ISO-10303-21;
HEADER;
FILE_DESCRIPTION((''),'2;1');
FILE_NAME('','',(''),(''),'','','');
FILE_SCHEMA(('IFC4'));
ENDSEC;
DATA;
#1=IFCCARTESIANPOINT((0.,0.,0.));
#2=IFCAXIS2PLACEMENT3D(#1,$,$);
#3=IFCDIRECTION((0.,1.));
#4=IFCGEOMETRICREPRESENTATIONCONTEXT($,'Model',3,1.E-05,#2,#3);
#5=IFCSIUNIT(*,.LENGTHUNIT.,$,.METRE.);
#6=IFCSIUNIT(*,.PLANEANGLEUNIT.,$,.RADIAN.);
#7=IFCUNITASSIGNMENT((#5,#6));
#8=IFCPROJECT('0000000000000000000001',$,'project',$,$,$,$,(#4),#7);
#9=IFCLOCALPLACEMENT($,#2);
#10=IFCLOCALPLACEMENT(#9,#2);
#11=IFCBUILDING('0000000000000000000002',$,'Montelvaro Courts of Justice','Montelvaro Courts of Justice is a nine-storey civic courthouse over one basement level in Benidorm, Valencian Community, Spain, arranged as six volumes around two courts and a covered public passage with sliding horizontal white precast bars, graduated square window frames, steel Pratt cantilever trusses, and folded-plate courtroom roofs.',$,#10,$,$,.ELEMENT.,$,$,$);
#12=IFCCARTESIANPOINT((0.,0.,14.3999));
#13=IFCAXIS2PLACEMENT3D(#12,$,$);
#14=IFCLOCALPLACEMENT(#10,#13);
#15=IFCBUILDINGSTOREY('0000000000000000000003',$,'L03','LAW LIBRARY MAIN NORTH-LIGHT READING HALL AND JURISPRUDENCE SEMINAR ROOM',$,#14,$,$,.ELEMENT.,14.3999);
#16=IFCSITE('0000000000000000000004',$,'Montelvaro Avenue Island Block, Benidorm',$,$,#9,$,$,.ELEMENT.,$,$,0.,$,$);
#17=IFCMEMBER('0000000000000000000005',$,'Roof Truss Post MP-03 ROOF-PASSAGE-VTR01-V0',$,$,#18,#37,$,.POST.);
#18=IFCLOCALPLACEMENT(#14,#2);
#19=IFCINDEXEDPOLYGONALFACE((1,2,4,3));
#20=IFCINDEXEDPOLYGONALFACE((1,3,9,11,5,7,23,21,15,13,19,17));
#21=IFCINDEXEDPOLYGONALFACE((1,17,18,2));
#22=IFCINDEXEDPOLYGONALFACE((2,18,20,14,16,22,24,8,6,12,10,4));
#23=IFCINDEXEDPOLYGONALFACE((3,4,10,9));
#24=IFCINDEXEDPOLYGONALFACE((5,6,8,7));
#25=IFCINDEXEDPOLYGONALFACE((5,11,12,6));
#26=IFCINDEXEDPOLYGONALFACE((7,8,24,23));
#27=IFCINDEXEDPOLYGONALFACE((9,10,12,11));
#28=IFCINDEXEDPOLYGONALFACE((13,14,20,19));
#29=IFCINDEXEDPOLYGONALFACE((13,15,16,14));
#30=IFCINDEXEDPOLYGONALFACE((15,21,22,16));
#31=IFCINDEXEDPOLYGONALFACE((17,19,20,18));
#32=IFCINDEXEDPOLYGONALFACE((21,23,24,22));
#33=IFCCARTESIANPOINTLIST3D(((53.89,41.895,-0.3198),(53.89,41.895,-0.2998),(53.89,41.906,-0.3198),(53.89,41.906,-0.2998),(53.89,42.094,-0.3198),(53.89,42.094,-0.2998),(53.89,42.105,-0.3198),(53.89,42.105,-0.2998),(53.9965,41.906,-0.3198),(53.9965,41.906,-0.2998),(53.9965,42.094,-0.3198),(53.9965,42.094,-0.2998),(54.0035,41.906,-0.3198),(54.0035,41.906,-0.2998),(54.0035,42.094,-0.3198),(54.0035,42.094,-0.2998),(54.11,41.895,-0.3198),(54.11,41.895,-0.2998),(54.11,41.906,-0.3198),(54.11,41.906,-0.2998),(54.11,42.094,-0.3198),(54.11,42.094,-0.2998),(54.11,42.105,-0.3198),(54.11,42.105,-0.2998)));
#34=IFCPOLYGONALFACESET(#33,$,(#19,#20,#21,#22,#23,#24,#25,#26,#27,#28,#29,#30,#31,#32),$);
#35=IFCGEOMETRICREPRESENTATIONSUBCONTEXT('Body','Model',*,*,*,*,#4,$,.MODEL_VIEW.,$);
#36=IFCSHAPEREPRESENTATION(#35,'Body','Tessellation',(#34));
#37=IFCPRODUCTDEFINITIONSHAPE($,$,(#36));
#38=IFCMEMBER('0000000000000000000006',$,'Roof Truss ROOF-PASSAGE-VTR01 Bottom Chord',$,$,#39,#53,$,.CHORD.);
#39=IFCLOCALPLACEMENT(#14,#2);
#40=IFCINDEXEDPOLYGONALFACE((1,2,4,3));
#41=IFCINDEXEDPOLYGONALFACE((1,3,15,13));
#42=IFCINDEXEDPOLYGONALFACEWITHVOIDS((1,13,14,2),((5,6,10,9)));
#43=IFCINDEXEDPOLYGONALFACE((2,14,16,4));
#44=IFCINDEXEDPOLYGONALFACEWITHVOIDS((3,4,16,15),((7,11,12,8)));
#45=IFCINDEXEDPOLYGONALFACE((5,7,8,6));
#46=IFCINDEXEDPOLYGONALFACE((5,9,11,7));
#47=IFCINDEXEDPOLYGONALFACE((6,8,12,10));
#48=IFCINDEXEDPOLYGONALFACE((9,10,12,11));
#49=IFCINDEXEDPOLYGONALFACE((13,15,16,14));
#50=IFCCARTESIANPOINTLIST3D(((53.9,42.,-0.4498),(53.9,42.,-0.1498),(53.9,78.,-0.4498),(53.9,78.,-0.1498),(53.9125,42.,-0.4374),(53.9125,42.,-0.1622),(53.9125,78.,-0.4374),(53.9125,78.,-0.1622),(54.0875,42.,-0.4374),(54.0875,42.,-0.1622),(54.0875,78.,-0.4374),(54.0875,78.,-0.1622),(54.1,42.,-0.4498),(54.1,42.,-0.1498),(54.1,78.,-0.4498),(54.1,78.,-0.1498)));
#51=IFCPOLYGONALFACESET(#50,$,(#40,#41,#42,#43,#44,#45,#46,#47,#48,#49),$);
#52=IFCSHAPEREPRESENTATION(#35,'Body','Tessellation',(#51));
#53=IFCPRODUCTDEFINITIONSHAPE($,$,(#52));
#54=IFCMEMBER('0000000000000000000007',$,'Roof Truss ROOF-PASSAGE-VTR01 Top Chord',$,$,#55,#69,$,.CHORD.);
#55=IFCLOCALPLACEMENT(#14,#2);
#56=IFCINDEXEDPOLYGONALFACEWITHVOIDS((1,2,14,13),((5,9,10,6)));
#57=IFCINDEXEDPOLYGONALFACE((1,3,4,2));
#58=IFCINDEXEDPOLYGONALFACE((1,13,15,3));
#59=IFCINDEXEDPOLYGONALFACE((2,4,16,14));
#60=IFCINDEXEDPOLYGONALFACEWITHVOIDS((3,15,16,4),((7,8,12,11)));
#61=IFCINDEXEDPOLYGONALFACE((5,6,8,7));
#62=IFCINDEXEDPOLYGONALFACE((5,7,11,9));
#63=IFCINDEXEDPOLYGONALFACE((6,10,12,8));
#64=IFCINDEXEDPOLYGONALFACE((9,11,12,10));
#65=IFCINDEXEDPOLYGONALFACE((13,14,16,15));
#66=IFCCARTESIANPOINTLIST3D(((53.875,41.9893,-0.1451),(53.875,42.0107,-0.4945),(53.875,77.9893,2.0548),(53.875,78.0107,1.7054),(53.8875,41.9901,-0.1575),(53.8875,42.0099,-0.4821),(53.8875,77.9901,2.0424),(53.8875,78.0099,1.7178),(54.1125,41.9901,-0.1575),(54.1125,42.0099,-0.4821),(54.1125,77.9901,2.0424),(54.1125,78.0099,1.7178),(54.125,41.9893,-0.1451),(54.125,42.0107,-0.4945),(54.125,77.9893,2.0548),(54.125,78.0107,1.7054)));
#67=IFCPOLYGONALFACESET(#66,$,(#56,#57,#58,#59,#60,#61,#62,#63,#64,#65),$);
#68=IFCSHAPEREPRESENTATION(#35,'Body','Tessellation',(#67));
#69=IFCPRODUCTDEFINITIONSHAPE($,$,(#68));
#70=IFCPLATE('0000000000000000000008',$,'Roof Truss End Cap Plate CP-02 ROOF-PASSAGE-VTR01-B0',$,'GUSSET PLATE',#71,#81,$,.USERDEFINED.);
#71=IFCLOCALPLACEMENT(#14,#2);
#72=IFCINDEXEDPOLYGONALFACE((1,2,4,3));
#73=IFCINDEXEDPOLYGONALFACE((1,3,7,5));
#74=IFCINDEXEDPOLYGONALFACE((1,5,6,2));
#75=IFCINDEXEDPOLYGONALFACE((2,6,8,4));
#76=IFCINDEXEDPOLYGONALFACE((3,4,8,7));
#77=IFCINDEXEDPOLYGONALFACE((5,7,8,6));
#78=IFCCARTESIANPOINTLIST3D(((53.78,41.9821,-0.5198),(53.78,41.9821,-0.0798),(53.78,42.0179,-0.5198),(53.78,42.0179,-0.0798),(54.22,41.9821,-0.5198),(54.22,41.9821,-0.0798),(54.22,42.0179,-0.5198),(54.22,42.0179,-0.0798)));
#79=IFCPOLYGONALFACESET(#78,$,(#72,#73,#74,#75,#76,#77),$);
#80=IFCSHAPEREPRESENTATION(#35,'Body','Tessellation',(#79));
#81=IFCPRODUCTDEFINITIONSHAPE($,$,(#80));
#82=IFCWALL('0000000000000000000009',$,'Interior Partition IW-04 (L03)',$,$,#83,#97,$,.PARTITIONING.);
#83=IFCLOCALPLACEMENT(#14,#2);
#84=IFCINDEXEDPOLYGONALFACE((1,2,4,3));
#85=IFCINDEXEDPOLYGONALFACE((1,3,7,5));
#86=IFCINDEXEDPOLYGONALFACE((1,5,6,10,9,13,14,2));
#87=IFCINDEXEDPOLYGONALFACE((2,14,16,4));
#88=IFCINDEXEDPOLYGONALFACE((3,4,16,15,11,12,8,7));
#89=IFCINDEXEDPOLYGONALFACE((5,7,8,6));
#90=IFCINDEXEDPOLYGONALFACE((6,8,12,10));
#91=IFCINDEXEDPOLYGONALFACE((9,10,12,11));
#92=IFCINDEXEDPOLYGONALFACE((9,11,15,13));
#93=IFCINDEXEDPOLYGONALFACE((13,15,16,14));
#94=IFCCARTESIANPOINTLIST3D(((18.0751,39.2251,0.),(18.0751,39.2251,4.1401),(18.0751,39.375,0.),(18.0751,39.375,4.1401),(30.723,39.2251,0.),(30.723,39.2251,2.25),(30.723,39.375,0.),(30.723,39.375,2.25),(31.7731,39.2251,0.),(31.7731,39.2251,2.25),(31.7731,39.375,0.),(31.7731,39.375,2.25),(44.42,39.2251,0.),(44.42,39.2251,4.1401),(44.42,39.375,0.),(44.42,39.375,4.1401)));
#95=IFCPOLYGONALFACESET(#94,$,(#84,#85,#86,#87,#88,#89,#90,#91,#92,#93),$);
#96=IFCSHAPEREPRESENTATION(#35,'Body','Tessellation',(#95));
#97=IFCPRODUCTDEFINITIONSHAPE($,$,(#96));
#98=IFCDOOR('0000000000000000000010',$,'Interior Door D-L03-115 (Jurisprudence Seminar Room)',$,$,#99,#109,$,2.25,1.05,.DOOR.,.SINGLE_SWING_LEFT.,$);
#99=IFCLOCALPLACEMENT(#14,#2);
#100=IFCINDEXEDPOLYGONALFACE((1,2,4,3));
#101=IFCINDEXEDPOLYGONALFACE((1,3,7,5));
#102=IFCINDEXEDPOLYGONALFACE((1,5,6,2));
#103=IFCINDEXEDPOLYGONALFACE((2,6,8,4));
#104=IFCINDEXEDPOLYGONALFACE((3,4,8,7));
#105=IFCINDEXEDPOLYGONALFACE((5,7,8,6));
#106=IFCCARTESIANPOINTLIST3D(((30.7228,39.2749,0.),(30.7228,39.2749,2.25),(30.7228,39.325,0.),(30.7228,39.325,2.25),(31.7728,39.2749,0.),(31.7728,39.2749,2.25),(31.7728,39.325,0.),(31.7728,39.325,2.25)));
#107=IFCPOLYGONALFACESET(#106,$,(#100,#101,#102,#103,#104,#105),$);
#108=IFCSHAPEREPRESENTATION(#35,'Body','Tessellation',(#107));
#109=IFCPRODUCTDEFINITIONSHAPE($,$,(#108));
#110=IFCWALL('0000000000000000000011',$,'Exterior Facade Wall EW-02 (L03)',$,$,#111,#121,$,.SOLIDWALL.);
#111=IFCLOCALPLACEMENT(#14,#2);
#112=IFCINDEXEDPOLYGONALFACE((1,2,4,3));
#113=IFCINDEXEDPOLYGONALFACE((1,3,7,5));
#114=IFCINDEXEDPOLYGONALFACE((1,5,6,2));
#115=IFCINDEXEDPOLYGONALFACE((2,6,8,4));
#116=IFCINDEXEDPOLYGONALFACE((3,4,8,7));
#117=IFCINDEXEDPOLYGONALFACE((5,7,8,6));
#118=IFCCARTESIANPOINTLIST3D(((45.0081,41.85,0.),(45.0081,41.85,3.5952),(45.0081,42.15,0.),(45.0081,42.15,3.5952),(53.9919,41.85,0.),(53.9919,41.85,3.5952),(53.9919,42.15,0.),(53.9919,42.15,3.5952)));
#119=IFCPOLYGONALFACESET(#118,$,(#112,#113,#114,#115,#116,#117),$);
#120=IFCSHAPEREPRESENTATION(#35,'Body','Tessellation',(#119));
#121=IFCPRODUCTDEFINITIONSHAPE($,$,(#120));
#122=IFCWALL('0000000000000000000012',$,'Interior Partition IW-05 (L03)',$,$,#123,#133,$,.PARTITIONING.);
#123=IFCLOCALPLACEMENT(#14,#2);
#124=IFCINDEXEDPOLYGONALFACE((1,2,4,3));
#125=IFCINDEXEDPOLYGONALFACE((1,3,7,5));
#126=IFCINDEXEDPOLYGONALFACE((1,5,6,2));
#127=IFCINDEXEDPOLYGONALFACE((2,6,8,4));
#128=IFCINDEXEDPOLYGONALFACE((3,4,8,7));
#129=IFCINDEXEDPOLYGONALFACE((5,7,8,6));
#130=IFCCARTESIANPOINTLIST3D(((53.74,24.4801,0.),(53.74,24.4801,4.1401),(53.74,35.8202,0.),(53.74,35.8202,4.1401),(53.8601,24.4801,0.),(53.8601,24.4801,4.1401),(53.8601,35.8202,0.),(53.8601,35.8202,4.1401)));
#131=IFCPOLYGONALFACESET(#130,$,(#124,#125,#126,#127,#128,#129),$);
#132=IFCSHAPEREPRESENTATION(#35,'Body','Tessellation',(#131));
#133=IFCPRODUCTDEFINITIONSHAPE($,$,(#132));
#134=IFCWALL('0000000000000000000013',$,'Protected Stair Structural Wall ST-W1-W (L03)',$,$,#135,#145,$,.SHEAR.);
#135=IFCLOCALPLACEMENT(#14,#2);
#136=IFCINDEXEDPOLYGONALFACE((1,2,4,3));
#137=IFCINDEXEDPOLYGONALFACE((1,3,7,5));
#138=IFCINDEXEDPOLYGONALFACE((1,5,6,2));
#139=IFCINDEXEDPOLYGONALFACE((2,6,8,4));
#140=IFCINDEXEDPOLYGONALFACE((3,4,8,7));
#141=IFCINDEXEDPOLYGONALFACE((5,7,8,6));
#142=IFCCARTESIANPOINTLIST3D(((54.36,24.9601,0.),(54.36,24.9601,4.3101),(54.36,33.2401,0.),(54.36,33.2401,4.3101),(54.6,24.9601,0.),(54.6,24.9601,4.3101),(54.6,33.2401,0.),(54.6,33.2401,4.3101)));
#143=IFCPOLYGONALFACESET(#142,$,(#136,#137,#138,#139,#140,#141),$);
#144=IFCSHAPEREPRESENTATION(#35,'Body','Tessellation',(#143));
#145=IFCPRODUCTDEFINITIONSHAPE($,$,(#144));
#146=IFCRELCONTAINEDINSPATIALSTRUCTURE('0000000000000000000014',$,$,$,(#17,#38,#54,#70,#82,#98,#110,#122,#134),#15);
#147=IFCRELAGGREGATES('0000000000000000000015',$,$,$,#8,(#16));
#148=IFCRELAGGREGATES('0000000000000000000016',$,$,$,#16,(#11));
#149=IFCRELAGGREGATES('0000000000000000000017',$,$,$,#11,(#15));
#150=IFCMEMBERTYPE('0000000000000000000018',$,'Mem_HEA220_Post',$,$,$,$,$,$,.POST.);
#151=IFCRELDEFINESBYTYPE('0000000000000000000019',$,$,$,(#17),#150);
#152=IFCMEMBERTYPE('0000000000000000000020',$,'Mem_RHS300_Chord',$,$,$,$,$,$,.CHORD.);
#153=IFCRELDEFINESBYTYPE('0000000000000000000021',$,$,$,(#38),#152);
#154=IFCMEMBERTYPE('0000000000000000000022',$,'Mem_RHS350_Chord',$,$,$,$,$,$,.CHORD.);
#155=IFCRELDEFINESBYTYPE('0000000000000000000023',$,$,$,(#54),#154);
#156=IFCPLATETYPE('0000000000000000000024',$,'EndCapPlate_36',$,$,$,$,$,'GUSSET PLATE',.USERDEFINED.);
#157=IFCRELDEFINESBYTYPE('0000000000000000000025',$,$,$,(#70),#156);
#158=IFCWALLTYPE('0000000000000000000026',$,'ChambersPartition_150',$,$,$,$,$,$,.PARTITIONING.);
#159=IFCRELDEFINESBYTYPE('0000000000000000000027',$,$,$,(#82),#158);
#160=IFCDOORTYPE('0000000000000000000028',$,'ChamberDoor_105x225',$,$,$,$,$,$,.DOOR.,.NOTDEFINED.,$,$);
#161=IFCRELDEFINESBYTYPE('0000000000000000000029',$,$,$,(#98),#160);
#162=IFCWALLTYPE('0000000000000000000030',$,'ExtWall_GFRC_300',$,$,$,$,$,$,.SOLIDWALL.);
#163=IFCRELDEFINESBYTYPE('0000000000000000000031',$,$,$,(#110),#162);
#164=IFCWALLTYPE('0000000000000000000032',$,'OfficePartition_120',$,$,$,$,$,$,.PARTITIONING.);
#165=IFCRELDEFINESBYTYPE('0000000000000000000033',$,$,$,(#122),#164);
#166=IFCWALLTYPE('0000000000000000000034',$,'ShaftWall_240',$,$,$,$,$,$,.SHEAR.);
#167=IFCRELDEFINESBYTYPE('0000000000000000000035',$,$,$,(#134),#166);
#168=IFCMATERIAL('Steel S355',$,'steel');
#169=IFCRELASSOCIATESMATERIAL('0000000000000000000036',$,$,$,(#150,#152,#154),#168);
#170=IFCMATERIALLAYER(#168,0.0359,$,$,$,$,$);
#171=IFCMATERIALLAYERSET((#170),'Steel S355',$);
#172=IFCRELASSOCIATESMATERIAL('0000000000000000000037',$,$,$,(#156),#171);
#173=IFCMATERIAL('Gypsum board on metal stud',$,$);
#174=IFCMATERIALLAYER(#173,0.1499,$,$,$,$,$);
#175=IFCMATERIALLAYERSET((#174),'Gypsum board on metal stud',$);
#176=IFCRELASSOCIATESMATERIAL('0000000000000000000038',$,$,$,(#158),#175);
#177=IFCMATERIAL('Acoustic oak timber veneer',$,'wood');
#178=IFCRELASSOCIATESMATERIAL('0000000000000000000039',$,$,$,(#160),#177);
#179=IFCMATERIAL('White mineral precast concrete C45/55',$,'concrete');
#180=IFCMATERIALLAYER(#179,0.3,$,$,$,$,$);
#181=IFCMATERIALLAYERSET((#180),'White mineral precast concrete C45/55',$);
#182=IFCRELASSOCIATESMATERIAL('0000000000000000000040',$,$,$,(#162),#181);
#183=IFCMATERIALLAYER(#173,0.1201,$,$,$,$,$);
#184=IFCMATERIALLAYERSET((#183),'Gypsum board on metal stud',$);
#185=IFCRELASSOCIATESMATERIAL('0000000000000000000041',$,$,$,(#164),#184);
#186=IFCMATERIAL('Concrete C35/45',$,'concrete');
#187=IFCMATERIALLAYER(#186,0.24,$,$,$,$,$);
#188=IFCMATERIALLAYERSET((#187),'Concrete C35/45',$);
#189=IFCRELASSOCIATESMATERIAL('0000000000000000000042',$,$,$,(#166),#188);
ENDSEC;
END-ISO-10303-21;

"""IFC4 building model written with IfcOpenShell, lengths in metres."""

from ifc_helpers import new_model, si_unit, direction, frame, frame_2d, origin, origin_2d, place, context, subcontext, project, spatial, rectangle, hollow_rectangle, i_section, extrude, material, layer, layer_set, material_profile, profile_set, type_object, element, fill, save


model = new_model("IFC4")

# Units and contexts
model_context = context("Model", 3, precision=1e-05, world=origin(), true_north=direction((0.0, 1.0)))
body_context = subcontext(model_context, "Body", "Model", "MODEL_VIEW")
ifc_project = project(units=[si_unit("LENGTHUNIT", "METRE"), si_unit("PLANEANGLEUNIT", "RADIAN")], contexts=[model_context])

# Site, building, storey
site_placement = place(None, origin())
site = spatial("IfcSite", under=ifc_project, at=site_placement, Name="Montelvaro Avenue Island Block, Benidorm", CompositionType="ELEMENT", RefElevation=0.0)
building_placement = place(site_placement, origin())
building = spatial("IfcBuilding", under=site, at=building_placement, Name="Montelvaro Courts of Justice", Description="Montelvaro Courts of Justice is a nine-storey civic courthouse over one basement level in Benidorm, Valencian Community, Spain, arranged as six volumes around two courts and a covered public passage with sliding horizontal white precast bars, graduated square window frames, steel Pratt cantilever trusses, and folded-plate courtroom roofs.", CompositionType="ELEMENT")
storey_placement = place(building_placement, frame((0.0, 0.0, 14.3999)))
storey = spatial("IfcBuildingStorey", under=building, at=storey_placement, Name="L03", Description="LAW LIBRARY MAIN NORTH-LIGHT READING HALL AND JURISPRUDENCE SEMINAR ROOM", CompositionType="ELEMENT", Elevation=14.3999)

# Shared definitions
ifc_material_1 = material(Name="Steel S355", Category="steel")

# Members
ifc_material_profile_1 = material_profile(ifc_material_1, i_section(OverallWidth=0.22, OverallDepth=0.21, WebThickness=0.0071, FlangeThickness=0.011, at=origin_2d()), Name="HEA 220")
ifc_profile_set_1 = profile_set([ifc_material_profile_1], Name="Steel S355")
member_type_1 = type_object("IfcMemberType", Name="Mem_HEA220_Post", PredefinedType="POST", material=ifc_profile_set_1)
member_1_placement = place(storey_placement, frame((54.0, 42.0, -0.2998), z_axis=(0.0, 0.0, -1.0), x_axis=(1.0, 0.0, 0.0)))
element("IfcMember", 1, at=member_1_placement, inside=storey, type_object=member_type_1, Name="Roof Truss Post MP-03 ROOF-PASSAGE-VTR01-V0", PredefinedType="POST", context=body_context, shape_type="SweptSolid", body=[
    extrude(i_section(OverallWidth=0.22, OverallDepth=0.21, WebThickness=0.0071, FlangeThickness=0.011, at=origin_2d()), origin(), (0.0, 0.0, 1.0), 0.02),
])
ifc_material_profile_2 = material_profile(ifc_material_1, hollow_rectangle(XDim=0.2, YDim=0.3, WallThickness=0.0125, at=origin_2d()), Name="RHS 300x200x12.5")
ifc_profile_set_2 = profile_set([ifc_material_profile_2], Name="Steel S355")
member_type_2 = type_object("IfcMemberType", Name="Mem_RHS300_Chord", PredefinedType="CHORD", material=ifc_profile_set_2)
member_2_placement = place(storey_placement, frame((54.0, 42.0, -0.2998), z_axis=(0.0, 1.0, 0.0), x_axis=(-1.0, 0.0, 0.0)))
element("IfcMember", 2, at=member_2_placement, inside=storey, type_object=member_type_2, Name="Roof Truss ROOF-PASSAGE-VTR01 Bottom Chord", PredefinedType="CHORD", context=body_context, shape_type="SweptSolid", body=[
    extrude(hollow_rectangle(XDim=0.2, YDim=0.3, WallThickness=0.0125, at=origin_2d()), origin(), (0.0, 0.0, 1.0), 36.0),
])
ifc_material_profile_3 = material_profile(ifc_material_1, hollow_rectangle(XDim=0.25, YDim=0.3501, WallThickness=0.0125, at=origin_2d()), Name="RHS 350x250x12.5")
ifc_profile_set_3 = profile_set([ifc_material_profile_3], Name="Steel S355")
member_type_3 = type_object("IfcMemberType", Name="Mem_RHS350_Chord", PredefinedType="CHORD", material=ifc_profile_set_3)
member_3_placement = place(storey_placement, frame((54.0, 42.0, -0.3198), z_axis=(0.0, 0.998138, 0.060996), x_axis=(-1.0, 0.0, 0.0)))
element("IfcMember", 3, at=member_3_placement, inside=storey, type_object=member_type_3, Name="Roof Truss ROOF-PASSAGE-VTR01 Top Chord", PredefinedType="CHORD", context=body_context, shape_type="SweptSolid", body=[
    extrude(hollow_rectangle(XDim=0.25, YDim=0.3501, WallThickness=0.0125, at=origin_2d()), origin(), (0.0, 0.0, 1.0), 36.0671),
])

# Plate
ifc_layer_1 = layer(ifc_material_1, 0.0359)
ifc_layer_set_1 = layer_set([ifc_layer_1], Name="Steel S355")
plate_type = type_object("IfcPlateType", Name="EndCapPlate_36", ElementType="GUSSET PLATE", PredefinedType="USERDEFINED", material=ifc_layer_set_1)
plate_placement = place(storey_placement, frame((54.0, 42.0, -0.5198), z_axis=(0.0, 0.0, 1.0), x_axis=(1.0, 0.0, 0.0)))
element("IfcPlate", 4, at=plate_placement, inside=storey, type_object=plate_type, Name="Roof Truss End Cap Plate CP-02 ROOF-PASSAGE-VTR01-B0", ObjectType="GUSSET PLATE", PredefinedType="USERDEFINED", context=body_context, shape_type="SweptSolid", body=[
    extrude(rectangle(XDim=0.4399, YDim=0.0359, at=origin_2d()), origin(), (0.0, 0.0, 1.0), 0.4399),
])

# Wall, opening, door
ifc_material_2 = material(Name="Gypsum board on metal stud")
ifc_layer_2 = layer(ifc_material_2, 0.1499)
ifc_layer_set_2 = layer_set([ifc_layer_2], Name="Gypsum board on metal stud")
wall_type_1 = type_object("IfcWallType", Name="ChambersPartition_150", PredefinedType="PARTITIONING", material=ifc_layer_set_2)
wall_1_placement = place(storey_placement, frame((44.4199, 39.3, 0.0), z_axis=(0.0, 0.0, 1.0), x_axis=(-1.0, 0.0, 0.0)))
wall_1 = element("IfcWall", 5, at=wall_1_placement, inside=storey, type_object=wall_type_1, Name="Interior Partition IW-04 (L03)", PredefinedType="PARTITIONING", context=body_context, shape_type="SweptSolid", body=[
    extrude(rectangle(XDim=26.345, YDim=0.1499, at=frame_2d((13.1724, 0.0))), origin(), (0.0, 0.0, 1.0), 4.1401),
])
opening_placement = place(wall_1_placement, frame((12.647, 0.0, 0.0)))
opening = element("IfcOpeningElement", 6, at=opening_placement, cuts=wall_1, PredefinedType="OPENING", context=body_context, shape_type="SweptSolid", body=[
    extrude(rectangle(XDim=1.05, YDim=2.25, at=frame_2d((0.5249, 1.125))), frame((0.0, 0.0898, 0.0), z_axis=(0.0, -1.0, 0.0), x_axis=(1.0, 0.0, 0.0)), (0.0, 0.0, 1.0), 0.1797),
])
ifc_material_3 = material(Name="Acoustic oak timber veneer", Category="wood")
door_type = type_object("IfcDoorType", Name="ChamberDoor_105x225", OperationType="NOTDEFINED", PredefinedType="DOOR", material=ifc_material_3)
door_placement = place(opening_placement, frame((1.05, 0.0, 0.0), z_axis=(0.0, 0.0, 1.0), x_axis=(-1.0, 0.0, 0.0)))
door = element("IfcDoor", 7, at=door_placement, inside=storey, type_object=door_type, Name="Interior Door D-L03-115 (Jurisprudence Seminar Room)", OperationType="SINGLE_SWING_LEFT", OverallHeight=2.25, OverallWidth=1.05, PredefinedType="DOOR", context=body_context, shape_type="SweptSolid", body=[
    extrude(rectangle(XDim=1.05, YDim=2.25, at=frame_2d((0.5249, 1.125))), frame((0.0, 0.0249, 0.0), z_axis=(0.0, -1.0, 0.0), x_axis=(1.0, 0.0, 0.0)), (0.0, 0.0, 1.0), 0.05),
])
fill(opening, door)

# Walls
ifc_material_4 = material(Name="White mineral precast concrete C45/55", Category="concrete")
ifc_layer_3 = layer(ifc_material_4, 0.3)
ifc_layer_set_3 = layer_set([ifc_layer_3], Name="White mineral precast concrete C45/55")
wall_type_2 = type_object("IfcWallType", Name="ExtWall_GFRC_300", PredefinedType="SOLIDWALL", material=ifc_layer_set_3)
wall_2_placement = place(storey_placement, frame((53.9919, 42.0, 0.0), z_axis=(0.0, 0.0, 1.0), x_axis=(-1.0, 0.0, 0.0)))
element("IfcWall", 8, at=wall_2_placement, inside=storey, type_object=wall_type_2, Name="Exterior Facade Wall EW-02 (L03)", PredefinedType="SOLIDWALL", context=body_context, shape_type="SweptSolid", body=[
    extrude(rectangle(XDim=8.9839, YDim=0.3, at=frame_2d((4.4919, 0.0))), origin(), (0.0, 0.0, 1.0), 3.5952),
])
ifc_layer_4 = layer(ifc_material_2, 0.1201)
ifc_layer_set_4 = layer_set([ifc_layer_4], Name="Gypsum board on metal stud")
wall_type_3 = type_object("IfcWallType", Name="OfficePartition_120", PredefinedType="PARTITIONING", material=ifc_layer_set_4)
wall_3_placement = place(storey_placement, frame((53.8, 35.8201, 0.0), z_axis=(0.0, 0.0, 1.0), x_axis=(0.0, -1.0, 0.0)))
element("IfcWall", 9, at=wall_3_placement, inside=storey, type_object=wall_type_3, Name="Interior Partition IW-05 (L03)", PredefinedType="PARTITIONING", context=body_context, shape_type="SweptSolid", body=[
    extrude(rectangle(XDim=11.3401, YDim=0.1201, at=frame_2d((5.6699, 0.0))), origin(), (0.0, 0.0, 1.0), 4.1401),
])
ifc_material_5 = material(Name="Concrete C35/45", Category="concrete")
ifc_layer_5 = layer(ifc_material_5, 0.24)
ifc_layer_set_5 = layer_set([ifc_layer_5], Name="Concrete C35/45")
wall_type_4 = type_object("IfcWallType", Name="ShaftWall_240", PredefinedType="SHEAR", material=ifc_layer_set_5)
wall_4_placement = place(storey_placement, frame((54.48, 24.96, 0.0), z_axis=(0.0, 0.0, 1.0), x_axis=(0.0, 1.0, 0.0)))
element("IfcWall", 10, at=wall_4_placement, inside=storey, type_object=wall_type_4, Name="Protected Stair Structural Wall ST-W1-W (L03)", PredefinedType="SHEAR", context=body_context, shape_type="SweptSolid", body=[
    extrude(rectangle(XDim=8.28, YDim=0.24, at=frame_2d((4.1401, 0.0))), origin(), (0.0, 0.0, 1.0), 4.3101),
])

save(model, "model.ifc")
